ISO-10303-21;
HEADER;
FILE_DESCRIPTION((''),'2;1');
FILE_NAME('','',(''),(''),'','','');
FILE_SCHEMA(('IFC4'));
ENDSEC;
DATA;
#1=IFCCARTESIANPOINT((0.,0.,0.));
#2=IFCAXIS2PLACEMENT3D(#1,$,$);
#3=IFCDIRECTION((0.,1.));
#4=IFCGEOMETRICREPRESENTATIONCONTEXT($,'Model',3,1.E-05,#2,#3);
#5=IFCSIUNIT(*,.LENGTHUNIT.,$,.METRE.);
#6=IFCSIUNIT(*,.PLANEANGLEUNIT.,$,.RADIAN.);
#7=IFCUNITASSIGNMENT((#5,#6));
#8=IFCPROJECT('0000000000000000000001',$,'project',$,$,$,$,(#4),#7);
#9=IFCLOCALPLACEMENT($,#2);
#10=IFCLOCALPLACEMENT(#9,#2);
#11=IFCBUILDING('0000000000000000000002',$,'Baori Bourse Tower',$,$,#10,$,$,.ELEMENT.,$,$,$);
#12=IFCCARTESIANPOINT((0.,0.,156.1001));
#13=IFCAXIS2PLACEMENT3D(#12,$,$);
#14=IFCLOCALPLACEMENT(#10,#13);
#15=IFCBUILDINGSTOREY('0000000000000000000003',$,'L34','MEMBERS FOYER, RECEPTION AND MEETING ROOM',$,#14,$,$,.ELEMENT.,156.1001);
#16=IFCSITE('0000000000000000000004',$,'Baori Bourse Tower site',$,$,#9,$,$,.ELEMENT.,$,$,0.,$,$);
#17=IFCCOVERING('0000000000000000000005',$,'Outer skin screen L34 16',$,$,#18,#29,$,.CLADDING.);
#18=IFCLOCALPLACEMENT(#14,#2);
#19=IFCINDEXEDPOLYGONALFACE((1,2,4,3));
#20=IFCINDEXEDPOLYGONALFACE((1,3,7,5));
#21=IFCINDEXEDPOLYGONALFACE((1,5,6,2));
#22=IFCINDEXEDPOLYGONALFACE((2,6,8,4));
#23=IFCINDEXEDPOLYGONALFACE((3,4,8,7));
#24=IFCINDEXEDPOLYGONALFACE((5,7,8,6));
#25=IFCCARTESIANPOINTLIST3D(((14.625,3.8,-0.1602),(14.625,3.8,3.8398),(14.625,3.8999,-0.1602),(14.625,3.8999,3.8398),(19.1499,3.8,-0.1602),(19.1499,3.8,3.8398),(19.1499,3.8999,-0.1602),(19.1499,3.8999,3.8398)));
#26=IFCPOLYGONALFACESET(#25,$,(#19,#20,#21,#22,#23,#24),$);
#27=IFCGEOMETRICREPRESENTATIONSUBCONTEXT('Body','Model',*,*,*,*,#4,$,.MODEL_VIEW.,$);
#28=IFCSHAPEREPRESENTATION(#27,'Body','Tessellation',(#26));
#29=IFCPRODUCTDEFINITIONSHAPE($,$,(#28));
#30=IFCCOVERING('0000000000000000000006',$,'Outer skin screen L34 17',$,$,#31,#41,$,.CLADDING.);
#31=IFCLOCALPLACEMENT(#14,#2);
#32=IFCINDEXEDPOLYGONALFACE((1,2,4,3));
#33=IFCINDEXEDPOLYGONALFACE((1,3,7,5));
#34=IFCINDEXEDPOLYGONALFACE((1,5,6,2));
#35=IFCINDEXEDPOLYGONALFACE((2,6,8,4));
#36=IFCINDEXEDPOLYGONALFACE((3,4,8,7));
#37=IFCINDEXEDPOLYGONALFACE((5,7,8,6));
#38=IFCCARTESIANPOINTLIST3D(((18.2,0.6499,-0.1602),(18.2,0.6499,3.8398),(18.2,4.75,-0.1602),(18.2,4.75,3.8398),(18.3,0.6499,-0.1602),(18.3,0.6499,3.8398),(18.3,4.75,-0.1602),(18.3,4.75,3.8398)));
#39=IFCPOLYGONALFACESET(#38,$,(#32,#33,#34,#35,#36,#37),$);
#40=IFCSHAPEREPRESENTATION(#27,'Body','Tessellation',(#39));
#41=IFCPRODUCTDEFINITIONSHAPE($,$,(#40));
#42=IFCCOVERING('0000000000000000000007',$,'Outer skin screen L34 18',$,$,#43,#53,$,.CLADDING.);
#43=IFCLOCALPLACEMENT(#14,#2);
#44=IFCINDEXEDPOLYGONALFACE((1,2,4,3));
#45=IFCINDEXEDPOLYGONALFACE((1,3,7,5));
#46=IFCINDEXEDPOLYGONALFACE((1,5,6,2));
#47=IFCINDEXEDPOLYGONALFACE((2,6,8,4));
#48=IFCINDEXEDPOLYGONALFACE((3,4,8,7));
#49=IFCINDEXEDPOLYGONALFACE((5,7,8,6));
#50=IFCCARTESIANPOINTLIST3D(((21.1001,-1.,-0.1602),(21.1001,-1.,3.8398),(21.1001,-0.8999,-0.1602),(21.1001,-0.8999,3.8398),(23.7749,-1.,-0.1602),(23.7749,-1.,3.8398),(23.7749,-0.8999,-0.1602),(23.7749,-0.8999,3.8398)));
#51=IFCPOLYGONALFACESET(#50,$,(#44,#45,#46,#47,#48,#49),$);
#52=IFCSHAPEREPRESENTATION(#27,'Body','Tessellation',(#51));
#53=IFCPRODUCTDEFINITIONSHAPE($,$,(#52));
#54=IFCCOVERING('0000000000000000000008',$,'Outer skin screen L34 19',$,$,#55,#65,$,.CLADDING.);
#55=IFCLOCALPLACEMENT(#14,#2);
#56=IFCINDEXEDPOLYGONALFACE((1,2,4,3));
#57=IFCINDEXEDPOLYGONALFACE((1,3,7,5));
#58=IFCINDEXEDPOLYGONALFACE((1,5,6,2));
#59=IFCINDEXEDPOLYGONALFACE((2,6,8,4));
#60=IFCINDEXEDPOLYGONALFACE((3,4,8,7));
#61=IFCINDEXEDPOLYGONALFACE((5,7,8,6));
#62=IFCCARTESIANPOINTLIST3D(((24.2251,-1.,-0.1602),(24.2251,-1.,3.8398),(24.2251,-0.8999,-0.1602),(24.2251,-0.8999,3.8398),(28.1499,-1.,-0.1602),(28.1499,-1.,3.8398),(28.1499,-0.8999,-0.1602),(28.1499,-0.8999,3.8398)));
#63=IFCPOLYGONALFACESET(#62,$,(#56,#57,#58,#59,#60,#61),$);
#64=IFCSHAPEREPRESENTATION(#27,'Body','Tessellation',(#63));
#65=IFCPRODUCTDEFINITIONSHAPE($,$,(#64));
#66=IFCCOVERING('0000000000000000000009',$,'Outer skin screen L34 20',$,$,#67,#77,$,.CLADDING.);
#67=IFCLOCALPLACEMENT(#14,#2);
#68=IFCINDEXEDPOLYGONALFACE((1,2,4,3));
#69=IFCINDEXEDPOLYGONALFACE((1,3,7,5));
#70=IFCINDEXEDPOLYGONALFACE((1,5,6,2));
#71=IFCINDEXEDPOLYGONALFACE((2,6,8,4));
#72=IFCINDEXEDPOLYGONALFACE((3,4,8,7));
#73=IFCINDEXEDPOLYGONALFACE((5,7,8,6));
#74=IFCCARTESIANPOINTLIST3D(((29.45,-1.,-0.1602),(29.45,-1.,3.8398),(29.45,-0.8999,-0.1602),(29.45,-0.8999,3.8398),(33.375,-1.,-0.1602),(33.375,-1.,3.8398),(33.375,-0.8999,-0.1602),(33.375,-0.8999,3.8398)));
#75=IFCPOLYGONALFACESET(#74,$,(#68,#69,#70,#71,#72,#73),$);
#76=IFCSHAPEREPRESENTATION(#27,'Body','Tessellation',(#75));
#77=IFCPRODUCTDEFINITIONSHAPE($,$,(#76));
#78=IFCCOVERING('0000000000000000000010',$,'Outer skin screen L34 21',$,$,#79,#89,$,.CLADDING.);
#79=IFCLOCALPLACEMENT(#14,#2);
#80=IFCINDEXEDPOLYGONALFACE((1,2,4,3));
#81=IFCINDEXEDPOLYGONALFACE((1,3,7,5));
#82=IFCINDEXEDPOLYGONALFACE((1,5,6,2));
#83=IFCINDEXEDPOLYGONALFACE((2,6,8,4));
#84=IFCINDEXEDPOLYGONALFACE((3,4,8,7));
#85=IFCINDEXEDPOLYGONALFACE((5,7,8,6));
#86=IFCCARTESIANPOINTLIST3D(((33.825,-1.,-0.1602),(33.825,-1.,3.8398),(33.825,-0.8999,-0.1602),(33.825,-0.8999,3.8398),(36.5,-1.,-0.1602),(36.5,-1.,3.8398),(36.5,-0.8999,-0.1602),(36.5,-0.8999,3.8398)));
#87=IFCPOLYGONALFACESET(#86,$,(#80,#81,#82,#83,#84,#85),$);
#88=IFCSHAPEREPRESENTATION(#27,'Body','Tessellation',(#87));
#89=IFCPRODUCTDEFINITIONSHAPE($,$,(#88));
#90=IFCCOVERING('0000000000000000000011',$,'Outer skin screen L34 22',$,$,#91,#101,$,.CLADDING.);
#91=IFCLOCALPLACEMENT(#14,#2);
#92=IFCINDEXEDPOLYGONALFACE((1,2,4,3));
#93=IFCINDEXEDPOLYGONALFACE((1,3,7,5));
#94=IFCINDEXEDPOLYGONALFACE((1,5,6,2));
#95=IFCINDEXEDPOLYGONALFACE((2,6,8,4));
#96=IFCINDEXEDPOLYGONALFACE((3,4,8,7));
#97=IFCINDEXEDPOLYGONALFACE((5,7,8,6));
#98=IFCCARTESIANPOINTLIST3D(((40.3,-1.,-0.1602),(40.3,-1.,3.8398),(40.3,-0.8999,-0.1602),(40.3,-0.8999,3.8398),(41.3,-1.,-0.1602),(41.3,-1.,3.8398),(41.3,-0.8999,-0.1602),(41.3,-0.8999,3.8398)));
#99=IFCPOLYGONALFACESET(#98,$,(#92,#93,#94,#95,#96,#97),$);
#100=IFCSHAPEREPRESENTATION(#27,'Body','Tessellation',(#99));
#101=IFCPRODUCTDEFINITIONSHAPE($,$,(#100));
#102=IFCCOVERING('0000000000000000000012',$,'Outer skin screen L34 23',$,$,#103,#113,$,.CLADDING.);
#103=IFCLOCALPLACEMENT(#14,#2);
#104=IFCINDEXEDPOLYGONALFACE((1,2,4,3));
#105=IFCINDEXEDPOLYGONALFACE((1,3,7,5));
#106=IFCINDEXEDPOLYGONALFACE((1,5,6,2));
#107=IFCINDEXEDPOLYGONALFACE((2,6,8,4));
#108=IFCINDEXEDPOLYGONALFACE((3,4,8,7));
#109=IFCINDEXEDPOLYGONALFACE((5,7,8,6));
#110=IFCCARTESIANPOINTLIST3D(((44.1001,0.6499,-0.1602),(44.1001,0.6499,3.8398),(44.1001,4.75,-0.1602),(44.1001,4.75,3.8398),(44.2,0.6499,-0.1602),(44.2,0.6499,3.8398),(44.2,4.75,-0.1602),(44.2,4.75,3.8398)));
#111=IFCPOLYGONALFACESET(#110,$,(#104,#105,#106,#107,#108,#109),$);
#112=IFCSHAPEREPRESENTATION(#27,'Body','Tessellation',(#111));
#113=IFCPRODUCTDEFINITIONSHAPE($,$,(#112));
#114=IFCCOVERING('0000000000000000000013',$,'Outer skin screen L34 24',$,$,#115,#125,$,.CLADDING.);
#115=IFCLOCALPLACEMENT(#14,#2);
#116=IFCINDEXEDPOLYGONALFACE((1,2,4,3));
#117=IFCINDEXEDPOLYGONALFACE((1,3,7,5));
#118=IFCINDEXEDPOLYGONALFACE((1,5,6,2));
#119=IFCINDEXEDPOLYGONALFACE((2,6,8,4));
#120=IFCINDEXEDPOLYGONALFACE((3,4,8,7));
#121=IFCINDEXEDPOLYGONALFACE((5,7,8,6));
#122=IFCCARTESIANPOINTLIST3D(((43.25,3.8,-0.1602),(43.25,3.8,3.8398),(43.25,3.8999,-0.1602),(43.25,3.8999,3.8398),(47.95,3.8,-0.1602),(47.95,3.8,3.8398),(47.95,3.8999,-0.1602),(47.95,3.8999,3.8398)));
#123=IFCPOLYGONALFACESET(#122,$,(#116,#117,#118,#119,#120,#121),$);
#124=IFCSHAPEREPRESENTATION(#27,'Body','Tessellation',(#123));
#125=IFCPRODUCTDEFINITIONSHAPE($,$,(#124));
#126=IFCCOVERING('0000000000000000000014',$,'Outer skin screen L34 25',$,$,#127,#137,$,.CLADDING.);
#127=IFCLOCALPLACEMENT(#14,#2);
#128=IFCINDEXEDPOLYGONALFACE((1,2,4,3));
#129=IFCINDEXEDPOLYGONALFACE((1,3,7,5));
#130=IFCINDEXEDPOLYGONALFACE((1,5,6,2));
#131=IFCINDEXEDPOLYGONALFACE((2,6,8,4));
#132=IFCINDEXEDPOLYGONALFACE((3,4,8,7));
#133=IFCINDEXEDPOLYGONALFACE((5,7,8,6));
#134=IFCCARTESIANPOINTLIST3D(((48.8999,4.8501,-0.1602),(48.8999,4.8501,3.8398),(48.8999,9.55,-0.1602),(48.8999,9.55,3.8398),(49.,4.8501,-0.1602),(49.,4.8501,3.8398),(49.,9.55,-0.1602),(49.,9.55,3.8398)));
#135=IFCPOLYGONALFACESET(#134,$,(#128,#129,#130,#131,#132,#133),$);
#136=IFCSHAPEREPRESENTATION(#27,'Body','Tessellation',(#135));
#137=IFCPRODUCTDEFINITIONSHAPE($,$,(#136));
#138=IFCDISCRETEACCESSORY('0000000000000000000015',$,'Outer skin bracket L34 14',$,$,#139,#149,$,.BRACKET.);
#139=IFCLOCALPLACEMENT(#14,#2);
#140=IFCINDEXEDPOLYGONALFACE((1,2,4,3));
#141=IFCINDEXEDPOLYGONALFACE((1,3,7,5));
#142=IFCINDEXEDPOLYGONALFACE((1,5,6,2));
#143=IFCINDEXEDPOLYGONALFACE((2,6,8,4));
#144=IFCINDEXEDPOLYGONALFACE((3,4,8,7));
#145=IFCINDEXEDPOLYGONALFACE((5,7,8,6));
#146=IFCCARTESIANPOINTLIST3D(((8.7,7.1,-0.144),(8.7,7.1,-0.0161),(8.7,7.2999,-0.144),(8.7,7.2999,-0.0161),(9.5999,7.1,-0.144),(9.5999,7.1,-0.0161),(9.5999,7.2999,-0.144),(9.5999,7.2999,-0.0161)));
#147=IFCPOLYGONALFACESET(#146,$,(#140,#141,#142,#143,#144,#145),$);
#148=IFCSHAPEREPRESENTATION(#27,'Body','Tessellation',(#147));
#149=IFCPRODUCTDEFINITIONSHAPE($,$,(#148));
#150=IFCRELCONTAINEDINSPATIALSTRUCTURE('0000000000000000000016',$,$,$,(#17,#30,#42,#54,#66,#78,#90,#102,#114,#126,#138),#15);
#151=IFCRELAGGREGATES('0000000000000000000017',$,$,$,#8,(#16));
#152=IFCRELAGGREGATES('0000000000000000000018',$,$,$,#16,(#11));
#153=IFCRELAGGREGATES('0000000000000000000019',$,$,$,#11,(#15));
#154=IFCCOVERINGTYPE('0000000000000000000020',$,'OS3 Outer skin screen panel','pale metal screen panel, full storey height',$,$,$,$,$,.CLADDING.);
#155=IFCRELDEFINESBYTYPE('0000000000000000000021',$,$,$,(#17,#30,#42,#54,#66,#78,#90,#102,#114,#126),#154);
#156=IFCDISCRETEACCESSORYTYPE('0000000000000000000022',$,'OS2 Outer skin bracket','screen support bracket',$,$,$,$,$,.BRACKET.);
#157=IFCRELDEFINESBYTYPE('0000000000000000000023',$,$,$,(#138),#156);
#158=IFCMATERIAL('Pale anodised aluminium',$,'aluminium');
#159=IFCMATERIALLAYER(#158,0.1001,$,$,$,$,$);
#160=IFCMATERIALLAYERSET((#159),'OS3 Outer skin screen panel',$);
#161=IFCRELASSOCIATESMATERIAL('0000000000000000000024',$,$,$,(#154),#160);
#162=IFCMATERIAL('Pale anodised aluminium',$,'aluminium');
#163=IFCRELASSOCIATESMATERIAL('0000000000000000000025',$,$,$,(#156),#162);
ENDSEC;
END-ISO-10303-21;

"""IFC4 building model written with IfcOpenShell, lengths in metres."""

from ifc_helpers import new_model, si_unit, direction, frame, origin, origin_2d, place, context, subcontext, project, spatial, polyline, rectangle, outline, extrude, material, layer, layer_set, type_object, element, save


model = new_model("IFC4")

# Units and contexts
model_context = context("Model", 3, precision=1e-05, world=origin(), true_north=direction((0.0, 1.0)))
body_context = subcontext(model_context, "Body", "Model", "MODEL_VIEW")
ifc_project = project(units=[si_unit("LENGTHUNIT", "METRE"), si_unit("PLANEANGLEUNIT", "RADIAN")], contexts=[model_context])

# Site, building, storey
site_placement = place(None, origin())
site = spatial("IfcSite", under=ifc_project, at=site_placement, Name="Baori Bourse Tower site", CompositionType="ELEMENT", RefElevation=0.0)
building_placement = place(site_placement, origin())
building = spatial("IfcBuilding", under=site, at=building_placement, Name="Baori Bourse Tower", CompositionType="ELEMENT")
storey_placement = place(building_placement, frame((0.0, 0.0, 156.1001)))
storey = spatial("IfcBuildingStorey", under=building, at=storey_placement, Name="L34", Description="MEMBERS FOYER, RECEPTION AND MEETING ROOM", CompositionType="ELEMENT", Elevation=156.1001)

# Coverings
ifc_material_1 = material(Name="Pale anodised aluminium", Category="aluminium")
ifc_layer_1 = layer(ifc_material_1, 0.1001)
ifc_layer_set_1 = layer_set([ifc_layer_1], Name="OS3 Outer skin screen panel")
covering_type = type_object("IfcCoveringType", Name="OS3 Outer skin screen panel", Description="pale metal screen panel, full storey height", PredefinedType="CLADDING", material=ifc_layer_set_1)
covering_1_placement = place(storey_placement, frame((0.0, 0.0, -0.1602)))
element("IfcCovering", 1, at=covering_1_placement, inside=storey, type_object=covering_type, Name="Outer skin screen L34 16", PredefinedType="CLADDING", context=body_context, shape_type="SweptSolid", body=[
    extrude(outline(polyline([(19.1499, 3.8999), (14.625, 3.8999), (14.625, 3.8), (19.1499, 3.8), (19.1499, 3.8999)])), origin(), (0.0, 0.0, 1.0), 4.0),
])
covering_2_placement = place(storey_placement, frame((0.0, 0.0, -0.1602)))
element("IfcCovering", 2, at=covering_2_placement, inside=storey, type_object=covering_type, Name="Outer skin screen L34 17", PredefinedType="CLADDING", context=body_context, shape_type="SweptSolid", body=[
    extrude(outline(polyline([(18.3, 0.6499), (18.3, 4.75), (18.2, 4.75), (18.2, 0.6499), (18.3, 0.6499)])), origin(), (0.0, 0.0, 1.0), 4.0),
])
covering_3_placement = place(storey_placement, frame((0.0, 0.0, -0.1602)))
element("IfcCovering", 3, at=covering_3_placement, inside=storey, type_object=covering_type, Name="Outer skin screen L34 18", PredefinedType="CLADDING", context=body_context, shape_type="SweptSolid", body=[
    extrude(outline(polyline([(23.7749, -0.8999), (21.1001, -0.8999), (21.1001, -1.0), (23.7749, -1.0), (23.7749, -0.8999)])), origin(), (0.0, 0.0, 1.0), 4.0),
])
covering_4_placement = place(storey_placement, frame((0.0, 0.0, -0.1602)))
element("IfcCovering", 4, at=covering_4_placement, inside=storey, type_object=covering_type, Name="Outer skin screen L34 19", PredefinedType="CLADDING", context=body_context, shape_type="SweptSolid", body=[
    extrude(outline(polyline([(28.1499, -0.8999), (24.2251, -0.8999), (24.2251, -1.0), (28.1499, -1.0), (28.1499, -0.8999)])), origin(), (0.0, 0.0, 1.0), 4.0),
])
covering_5_placement = place(storey_placement, frame((0.0, 0.0, -0.1602)))
element("IfcCovering", 5, at=covering_5_placement, inside=storey, type_object=covering_type, Name="Outer skin screen L34 20", PredefinedType="CLADDING", context=body_context, shape_type="SweptSolid", body=[
    extrude(outline(polyline([(33.375, -0.8999), (29.45, -0.8999), (29.45, -1.0), (33.375, -1.0), (33.375, -0.8999)])), origin(), (0.0, 0.0, 1.0), 4.0),
])
covering_6_placement = place(storey_placement, frame((0.0, 0.0, -0.1602)))
element("IfcCovering", 6, at=covering_6_placement, inside=storey, type_object=covering_type, Name="Outer skin screen L34 21", PredefinedType="CLADDING", context=body_context, shape_type="SweptSolid", body=[
    extrude(outline(polyline([(36.5, -0.8999), (33.825, -0.8999), (33.825, -1.0), (36.5, -1.0), (36.5, -0.8999)])), origin(), (0.0, 0.0, 1.0), 4.0),
])
covering_7_placement = place(storey_placement, frame((0.0, 0.0, -0.1602)))
element("IfcCovering", 7, at=covering_7_placement, inside=storey, type_object=covering_type, Name="Outer skin screen L34 22", PredefinedType="CLADDING", context=body_context, shape_type="SweptSolid", body=[
    extrude(outline(polyline([(41.3, -0.8999), (40.3, -0.8999), (40.3, -1.0), (41.3, -1.0), (41.3, -0.8999)])), origin(), (0.0, 0.0, 1.0), 4.0),
])
covering_8_placement = place(storey_placement, frame((0.0, 0.0, -0.1602)))
element("IfcCovering", 8, at=covering_8_placement, inside=storey, type_object=covering_type, Name="Outer skin screen L34 23", PredefinedType="CLADDING", context=body_context, shape_type="SweptSolid", body=[
    extrude(outline(polyline([(44.1001, 4.75), (44.1001, 0.6499), (44.2, 0.6499), (44.2, 4.75), (44.1001, 4.75)])), origin(), (0.0, 0.0, 1.0), 4.0),
])
covering_9_placement = place(storey_placement, frame((0.0, 0.0, -0.1602)))
element("IfcCovering", 9, at=covering_9_placement, inside=storey, type_object=covering_type, Name="Outer skin screen L34 24", PredefinedType="CLADDING", context=body_context, shape_type="SweptSolid", body=[
    extrude(outline(polyline([(47.95, 3.8999), (43.25, 3.8999), (43.25, 3.8), (47.95, 3.8), (47.95, 3.8999)])), origin(), (0.0, 0.0, 1.0), 4.0),
])
covering_10_placement = place(storey_placement, frame((0.0, 0.0, -0.1602)))
element("IfcCovering", 10, at=covering_10_placement, inside=storey, type_object=covering_type, Name="Outer skin screen L34 25", PredefinedType="CLADDING", context=body_context, shape_type="SweptSolid", body=[
    extrude(outline(polyline([(48.8999, 9.55), (48.8999, 4.8501), (49.0, 4.8501), (49.0, 9.55), (48.8999, 9.55)])), origin(), (0.0, 0.0, 1.0), 4.0),
])

# Discrete accessory
ifc_material_2 = material(Name="Pale anodised aluminium", Category="aluminium")
discrete_accessory_type = type_object("IfcDiscreteAccessoryType", Name="OS2 Outer skin bracket", Description="screen support bracket", PredefinedType="BRACKET", material=ifc_material_2)
discrete_accessory_placement = place(storey_placement, frame((9.1499, 7.2, -0.144), z_axis=(0.0, 0.0, 1.0), x_axis=(0.0, -1.0, 0.0)))
element("IfcDiscreteAccessory", 11, at=discrete_accessory_placement, inside=storey, type_object=discrete_accessory_type, Name="Outer skin bracket L34 14", PredefinedType="BRACKET", context=body_context, shape_type="SweptSolid", body=[
    extrude(rectangle(XDim=0.2, YDim=0.8999, at=origin_2d()), origin(), (0.0, 0.0, 1.0), 0.1279),
])

save(model, "model.ifc")
